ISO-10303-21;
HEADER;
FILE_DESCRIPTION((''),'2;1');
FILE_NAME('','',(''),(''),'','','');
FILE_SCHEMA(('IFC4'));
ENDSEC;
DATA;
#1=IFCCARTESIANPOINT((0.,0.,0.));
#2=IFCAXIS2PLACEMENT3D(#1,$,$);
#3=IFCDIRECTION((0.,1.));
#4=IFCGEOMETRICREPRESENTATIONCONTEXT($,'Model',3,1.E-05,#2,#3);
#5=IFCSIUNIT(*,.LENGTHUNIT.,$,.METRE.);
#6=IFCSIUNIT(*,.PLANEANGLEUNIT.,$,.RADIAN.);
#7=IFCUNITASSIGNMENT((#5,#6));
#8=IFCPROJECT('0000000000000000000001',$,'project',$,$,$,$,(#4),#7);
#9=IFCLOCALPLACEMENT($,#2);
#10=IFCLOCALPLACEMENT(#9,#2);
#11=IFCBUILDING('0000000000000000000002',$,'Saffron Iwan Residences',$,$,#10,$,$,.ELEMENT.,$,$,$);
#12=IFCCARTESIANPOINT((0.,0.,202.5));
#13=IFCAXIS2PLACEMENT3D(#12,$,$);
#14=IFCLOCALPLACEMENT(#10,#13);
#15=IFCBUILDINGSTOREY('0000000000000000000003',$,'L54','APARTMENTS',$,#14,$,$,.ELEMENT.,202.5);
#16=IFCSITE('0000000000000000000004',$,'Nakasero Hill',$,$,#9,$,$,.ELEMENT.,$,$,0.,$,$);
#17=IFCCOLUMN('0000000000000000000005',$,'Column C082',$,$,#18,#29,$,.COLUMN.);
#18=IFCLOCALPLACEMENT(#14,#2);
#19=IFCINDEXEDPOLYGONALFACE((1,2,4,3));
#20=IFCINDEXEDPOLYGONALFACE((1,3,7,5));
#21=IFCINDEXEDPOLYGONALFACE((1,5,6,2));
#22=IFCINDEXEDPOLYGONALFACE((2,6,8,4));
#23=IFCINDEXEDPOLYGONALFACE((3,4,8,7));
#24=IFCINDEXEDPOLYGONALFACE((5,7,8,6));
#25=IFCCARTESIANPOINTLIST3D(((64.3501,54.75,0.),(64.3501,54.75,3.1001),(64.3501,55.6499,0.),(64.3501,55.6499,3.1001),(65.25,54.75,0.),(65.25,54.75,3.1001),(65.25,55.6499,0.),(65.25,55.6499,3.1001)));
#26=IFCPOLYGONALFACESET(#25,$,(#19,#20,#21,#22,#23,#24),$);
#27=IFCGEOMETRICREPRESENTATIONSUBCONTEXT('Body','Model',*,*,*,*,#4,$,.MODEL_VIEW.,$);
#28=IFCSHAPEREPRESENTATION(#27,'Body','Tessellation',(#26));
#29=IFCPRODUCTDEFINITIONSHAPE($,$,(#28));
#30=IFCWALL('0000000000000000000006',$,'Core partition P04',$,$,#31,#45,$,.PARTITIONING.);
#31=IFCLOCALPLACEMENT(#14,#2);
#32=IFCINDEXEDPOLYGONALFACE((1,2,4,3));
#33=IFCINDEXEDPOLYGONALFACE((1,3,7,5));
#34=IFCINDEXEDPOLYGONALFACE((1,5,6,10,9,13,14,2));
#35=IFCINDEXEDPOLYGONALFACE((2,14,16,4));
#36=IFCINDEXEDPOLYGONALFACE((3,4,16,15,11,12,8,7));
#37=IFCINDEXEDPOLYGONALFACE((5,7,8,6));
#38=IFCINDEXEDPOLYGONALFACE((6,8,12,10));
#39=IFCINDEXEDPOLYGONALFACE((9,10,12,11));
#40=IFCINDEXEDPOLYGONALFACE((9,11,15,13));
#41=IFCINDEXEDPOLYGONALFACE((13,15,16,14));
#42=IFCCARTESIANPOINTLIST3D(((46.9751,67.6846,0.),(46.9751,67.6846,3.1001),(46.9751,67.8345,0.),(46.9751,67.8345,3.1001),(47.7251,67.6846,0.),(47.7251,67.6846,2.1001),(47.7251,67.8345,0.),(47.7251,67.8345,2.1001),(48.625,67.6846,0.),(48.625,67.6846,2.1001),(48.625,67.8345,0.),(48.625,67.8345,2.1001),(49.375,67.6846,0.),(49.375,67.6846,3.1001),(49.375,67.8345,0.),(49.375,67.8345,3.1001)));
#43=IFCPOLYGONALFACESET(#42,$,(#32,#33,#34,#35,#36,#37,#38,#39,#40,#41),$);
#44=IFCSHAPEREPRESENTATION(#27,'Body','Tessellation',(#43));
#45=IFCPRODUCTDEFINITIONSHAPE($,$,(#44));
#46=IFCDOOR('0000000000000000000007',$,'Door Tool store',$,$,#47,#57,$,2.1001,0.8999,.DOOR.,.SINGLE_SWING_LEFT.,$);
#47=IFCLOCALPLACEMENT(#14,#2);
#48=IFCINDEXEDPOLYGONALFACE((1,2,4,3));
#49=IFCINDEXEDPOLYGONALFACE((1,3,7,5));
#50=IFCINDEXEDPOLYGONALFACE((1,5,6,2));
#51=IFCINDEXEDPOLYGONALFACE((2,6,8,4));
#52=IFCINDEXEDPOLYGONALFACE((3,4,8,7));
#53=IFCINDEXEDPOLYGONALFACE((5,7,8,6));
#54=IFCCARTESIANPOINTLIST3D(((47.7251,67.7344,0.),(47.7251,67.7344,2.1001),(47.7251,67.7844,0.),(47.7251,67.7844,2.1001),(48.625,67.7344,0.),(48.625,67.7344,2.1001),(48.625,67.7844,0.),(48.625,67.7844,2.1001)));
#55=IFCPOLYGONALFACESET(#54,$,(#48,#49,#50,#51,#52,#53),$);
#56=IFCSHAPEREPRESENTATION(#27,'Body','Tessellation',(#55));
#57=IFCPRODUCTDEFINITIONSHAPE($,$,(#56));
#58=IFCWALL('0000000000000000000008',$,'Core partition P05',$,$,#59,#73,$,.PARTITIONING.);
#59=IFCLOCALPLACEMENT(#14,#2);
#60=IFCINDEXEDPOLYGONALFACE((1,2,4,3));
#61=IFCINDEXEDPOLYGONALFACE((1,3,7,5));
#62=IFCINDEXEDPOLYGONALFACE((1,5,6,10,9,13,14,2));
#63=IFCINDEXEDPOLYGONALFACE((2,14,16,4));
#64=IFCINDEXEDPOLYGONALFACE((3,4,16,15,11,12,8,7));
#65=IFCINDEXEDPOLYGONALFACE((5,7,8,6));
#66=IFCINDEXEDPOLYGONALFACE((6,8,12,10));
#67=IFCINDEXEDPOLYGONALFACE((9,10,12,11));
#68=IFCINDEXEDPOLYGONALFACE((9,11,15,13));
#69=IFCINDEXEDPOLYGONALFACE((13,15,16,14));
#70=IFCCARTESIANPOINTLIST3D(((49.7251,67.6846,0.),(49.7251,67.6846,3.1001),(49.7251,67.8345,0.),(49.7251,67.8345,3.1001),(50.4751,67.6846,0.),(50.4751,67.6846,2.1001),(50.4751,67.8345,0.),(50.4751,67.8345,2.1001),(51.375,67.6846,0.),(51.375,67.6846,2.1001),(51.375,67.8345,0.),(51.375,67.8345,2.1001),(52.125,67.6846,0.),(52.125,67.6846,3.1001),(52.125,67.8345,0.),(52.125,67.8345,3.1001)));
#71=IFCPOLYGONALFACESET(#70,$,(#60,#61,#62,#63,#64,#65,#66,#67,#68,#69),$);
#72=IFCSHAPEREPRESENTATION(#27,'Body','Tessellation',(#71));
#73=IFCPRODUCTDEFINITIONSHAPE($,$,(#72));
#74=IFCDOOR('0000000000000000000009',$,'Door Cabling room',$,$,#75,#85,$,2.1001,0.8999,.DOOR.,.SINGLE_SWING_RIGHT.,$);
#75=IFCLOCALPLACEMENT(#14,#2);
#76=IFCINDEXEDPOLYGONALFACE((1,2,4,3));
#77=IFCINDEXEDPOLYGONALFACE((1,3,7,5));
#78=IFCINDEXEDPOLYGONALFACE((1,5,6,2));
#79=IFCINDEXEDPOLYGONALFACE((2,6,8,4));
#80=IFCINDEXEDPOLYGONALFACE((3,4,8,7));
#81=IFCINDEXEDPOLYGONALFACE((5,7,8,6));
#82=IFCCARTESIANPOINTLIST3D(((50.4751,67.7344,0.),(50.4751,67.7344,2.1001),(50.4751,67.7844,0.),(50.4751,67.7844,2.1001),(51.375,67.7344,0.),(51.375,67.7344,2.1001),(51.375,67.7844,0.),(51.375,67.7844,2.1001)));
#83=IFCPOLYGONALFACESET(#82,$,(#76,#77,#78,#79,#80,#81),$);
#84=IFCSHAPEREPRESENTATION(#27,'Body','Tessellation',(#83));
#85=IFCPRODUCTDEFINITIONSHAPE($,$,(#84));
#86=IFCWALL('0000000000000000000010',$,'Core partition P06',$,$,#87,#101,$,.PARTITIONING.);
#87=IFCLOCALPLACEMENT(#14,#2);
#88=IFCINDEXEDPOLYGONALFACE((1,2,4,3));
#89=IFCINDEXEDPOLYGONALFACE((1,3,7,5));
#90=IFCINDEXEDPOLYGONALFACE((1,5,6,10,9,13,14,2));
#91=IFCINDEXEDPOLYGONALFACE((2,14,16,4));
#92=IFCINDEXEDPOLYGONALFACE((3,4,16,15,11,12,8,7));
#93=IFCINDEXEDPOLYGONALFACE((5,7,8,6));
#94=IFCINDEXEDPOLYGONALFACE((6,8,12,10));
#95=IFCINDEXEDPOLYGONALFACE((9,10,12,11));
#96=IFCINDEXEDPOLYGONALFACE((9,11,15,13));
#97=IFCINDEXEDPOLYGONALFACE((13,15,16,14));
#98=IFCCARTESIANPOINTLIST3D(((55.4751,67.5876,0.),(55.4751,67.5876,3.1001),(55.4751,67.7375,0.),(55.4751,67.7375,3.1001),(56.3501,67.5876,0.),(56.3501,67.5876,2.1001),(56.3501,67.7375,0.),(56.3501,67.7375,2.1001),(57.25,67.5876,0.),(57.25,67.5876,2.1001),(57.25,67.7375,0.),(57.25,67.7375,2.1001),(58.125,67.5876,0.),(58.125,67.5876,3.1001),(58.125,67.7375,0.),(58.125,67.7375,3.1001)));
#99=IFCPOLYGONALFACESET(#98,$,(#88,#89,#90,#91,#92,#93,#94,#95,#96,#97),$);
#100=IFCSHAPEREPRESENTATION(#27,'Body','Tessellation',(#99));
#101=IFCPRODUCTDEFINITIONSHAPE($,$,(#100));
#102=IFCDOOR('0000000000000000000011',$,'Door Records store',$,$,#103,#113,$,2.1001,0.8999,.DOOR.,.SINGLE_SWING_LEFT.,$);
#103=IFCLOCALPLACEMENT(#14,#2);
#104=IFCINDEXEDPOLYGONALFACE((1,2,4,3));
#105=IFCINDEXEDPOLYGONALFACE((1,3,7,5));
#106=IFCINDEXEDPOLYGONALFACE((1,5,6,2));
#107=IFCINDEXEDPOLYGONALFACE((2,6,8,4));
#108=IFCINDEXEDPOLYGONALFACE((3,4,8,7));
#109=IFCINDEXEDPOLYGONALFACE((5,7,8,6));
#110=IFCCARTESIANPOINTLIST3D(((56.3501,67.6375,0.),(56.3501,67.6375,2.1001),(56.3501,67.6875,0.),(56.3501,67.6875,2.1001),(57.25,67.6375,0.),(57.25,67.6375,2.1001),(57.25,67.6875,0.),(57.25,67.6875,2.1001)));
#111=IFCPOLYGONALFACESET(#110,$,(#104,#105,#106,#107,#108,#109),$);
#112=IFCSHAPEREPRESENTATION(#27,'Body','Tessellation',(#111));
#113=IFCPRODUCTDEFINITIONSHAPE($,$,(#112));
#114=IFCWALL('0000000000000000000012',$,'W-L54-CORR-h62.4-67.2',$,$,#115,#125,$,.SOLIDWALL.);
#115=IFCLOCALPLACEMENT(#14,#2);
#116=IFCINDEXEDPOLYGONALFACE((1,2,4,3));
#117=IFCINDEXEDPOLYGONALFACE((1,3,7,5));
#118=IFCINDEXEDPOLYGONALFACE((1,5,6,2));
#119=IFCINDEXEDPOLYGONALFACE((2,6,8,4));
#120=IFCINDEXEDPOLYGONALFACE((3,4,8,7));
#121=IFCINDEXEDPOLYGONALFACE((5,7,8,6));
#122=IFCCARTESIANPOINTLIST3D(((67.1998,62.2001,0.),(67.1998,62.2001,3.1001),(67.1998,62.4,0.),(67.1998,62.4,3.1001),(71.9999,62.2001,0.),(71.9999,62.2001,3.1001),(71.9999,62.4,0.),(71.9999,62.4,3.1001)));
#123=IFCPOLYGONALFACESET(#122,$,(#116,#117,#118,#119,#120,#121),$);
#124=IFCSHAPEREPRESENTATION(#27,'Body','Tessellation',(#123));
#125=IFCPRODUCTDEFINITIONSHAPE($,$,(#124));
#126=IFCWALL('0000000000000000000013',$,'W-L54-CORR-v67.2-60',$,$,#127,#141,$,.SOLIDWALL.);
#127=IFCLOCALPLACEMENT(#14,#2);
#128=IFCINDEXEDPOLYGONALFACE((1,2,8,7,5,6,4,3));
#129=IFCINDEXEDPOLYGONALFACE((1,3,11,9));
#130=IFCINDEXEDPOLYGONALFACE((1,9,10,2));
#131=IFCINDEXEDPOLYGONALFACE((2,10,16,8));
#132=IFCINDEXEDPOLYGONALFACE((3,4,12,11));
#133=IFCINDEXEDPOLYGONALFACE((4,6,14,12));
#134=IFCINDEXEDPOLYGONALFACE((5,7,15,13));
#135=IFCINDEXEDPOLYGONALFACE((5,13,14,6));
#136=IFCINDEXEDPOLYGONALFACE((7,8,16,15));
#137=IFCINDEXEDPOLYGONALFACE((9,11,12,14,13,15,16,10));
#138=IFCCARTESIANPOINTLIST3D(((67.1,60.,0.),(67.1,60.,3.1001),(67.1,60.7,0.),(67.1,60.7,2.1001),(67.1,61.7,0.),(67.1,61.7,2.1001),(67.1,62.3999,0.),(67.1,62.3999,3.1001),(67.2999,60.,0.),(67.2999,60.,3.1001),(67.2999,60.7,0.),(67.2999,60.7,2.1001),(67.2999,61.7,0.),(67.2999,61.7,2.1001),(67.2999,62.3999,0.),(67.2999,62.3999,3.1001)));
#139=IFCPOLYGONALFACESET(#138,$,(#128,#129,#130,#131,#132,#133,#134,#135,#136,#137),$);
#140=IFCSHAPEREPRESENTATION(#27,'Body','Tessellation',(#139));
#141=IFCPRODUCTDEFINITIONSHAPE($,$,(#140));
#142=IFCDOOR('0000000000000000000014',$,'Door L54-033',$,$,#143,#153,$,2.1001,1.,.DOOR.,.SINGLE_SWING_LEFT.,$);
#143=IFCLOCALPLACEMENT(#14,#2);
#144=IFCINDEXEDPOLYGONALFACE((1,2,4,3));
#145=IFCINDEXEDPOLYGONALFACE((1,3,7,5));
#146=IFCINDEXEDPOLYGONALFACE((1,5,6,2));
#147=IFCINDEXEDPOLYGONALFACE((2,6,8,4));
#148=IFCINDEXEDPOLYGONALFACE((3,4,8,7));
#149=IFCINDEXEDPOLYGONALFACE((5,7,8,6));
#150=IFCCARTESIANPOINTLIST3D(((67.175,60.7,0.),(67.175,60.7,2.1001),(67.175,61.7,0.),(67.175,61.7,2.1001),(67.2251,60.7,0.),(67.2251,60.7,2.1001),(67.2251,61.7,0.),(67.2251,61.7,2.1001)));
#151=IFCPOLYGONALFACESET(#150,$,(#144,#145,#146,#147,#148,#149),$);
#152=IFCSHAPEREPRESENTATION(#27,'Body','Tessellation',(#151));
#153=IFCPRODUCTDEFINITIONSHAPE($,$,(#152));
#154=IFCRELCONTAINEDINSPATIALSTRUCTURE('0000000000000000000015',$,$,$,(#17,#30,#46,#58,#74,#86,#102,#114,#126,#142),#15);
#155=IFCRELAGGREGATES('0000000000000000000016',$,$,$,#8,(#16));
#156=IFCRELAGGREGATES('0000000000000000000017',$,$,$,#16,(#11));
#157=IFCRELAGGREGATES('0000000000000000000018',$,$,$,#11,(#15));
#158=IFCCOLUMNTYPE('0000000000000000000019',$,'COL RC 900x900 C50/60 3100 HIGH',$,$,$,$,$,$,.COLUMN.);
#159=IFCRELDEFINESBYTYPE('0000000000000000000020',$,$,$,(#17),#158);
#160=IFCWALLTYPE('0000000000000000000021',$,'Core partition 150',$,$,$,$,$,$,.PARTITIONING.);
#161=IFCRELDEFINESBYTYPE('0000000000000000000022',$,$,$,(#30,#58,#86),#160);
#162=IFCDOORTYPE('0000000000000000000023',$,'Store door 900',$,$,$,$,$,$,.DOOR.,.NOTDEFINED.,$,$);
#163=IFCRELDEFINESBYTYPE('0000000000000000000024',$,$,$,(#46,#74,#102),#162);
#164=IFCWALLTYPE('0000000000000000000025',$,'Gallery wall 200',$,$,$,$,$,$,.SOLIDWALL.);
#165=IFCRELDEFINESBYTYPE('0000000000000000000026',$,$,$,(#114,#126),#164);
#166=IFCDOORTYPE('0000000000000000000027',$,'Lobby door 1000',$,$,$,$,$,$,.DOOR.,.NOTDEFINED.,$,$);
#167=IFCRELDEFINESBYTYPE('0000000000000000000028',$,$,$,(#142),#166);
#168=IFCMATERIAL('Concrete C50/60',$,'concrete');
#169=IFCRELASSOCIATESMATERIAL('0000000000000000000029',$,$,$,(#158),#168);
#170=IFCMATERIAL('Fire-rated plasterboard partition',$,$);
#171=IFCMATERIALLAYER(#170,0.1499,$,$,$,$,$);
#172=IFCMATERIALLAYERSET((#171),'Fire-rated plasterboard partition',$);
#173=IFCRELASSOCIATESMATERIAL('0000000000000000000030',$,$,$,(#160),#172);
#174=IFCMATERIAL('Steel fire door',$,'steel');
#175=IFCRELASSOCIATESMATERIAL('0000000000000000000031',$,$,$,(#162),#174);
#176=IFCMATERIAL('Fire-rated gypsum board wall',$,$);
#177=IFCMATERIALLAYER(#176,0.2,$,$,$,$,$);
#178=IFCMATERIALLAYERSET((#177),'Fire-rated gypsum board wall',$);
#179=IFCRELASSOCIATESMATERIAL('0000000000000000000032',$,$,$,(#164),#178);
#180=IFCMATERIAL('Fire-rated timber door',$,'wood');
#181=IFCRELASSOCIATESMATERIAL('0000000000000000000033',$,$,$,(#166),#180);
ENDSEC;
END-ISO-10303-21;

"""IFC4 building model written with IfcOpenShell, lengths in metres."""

from ifc_helpers import new_model, si_unit, direction, frame, frame_2d, origin, origin_2d, place, context, subcontext, project, spatial, rectangle, extrude, source, transform, mapped, material, layer, layer_set, material_profile, profile_set, type_object, element, fill, save


model = new_model("IFC4")

# Units and contexts
model_context = context("Model", 3, precision=1e-05, world=origin(), true_north=direction((0.0, 1.0)))
body_context = subcontext(model_context, "Body", "Model", "MODEL_VIEW")
ifc_project = project(units=[si_unit("LENGTHUNIT", "METRE"), si_unit("PLANEANGLEUNIT", "RADIAN")], contexts=[model_context])

# Site, building, storey
site_placement = place(None, origin())
site = spatial("IfcSite", under=ifc_project, at=site_placement, Name="Nakasero Hill", CompositionType="ELEMENT", RefElevation=0.0)
building_placement = place(site_placement, origin())
building = spatial("IfcBuilding", under=site, at=building_placement, Name="Saffron Iwan Residences", CompositionType="ELEMENT")
storey_placement = place(building_placement, frame((0.0, 0.0, 202.5)))
storey = spatial("IfcBuildingStorey", under=building, at=storey_placement, Name="L54", Description="APARTMENTS", CompositionType="ELEMENT", Elevation=202.5)

# Column
ifc_material_1 = material(Name="Concrete C50/60", Category="concrete")
ifc_material_profile = material_profile(ifc_material_1, rectangle(XDim=0.8999, YDim=0.8999, at=origin_2d()), Name="RC 900x900")
ifc_profile_set = profile_set([ifc_material_profile], Name="Concrete C50/60")
column_type = type_object("IfcColumnType", Name="COL RC 900x900 C50/60 3100 HIGH", PredefinedType="COLUMN", material=ifc_profile_set)
shared_shape = source(origin(), body_context, "Body", "SweptSolid", [
    extrude(rectangle(XDim=0.8999, YDim=0.8999, at=origin_2d()), origin(), (0.0, 0.0, 1.0), 3.1001),
])
column_placement = place(storey_placement, frame((64.8, 55.2, 0.0), z_axis=(0.0, 0.0, 1.0), x_axis=(1.0, 0.0, 0.0)))
element("IfcColumn", 1, at=column_placement, inside=storey, type_object=column_type, Name="Column C082", PredefinedType="COLUMN", context=body_context, shape_type="MappedRepresentation", body=[
    mapped(shared_shape, transform((0.0, 0.0, 0.0))),
])

# Walls, openings, doors
ifc_material_2 = material(Name="Fire-rated plasterboard partition")
ifc_layer_1 = layer(ifc_material_2, 0.1499)
ifc_layer_set_1 = layer_set([ifc_layer_1], Name="Fire-rated plasterboard partition")
wall_type_1 = type_object("IfcWallType", Name="Core partition 150", PredefinedType="PARTITIONING", material=ifc_layer_set_1)
wall_1_placement = place(storey_placement, frame((46.9751, 67.7595, 0.0), z_axis=(0.0, 0.0, 1.0), x_axis=(1.0, 0.0, 0.0)))
wall_1 = element("IfcWall", 2, at=wall_1_placement, inside=storey, type_object=wall_type_1, Name="Core partition P04", PredefinedType="PARTITIONING", context=body_context, shape_type="SweptSolid", body=[
    extrude(rectangle(XDim=2.3999, YDim=0.1499, at=frame_2d((1.2, 0.0))), origin(), (0.0, 0.0, 1.0), 3.1001),
])
opening_1_placement = place(wall_1_placement, frame((0.75, 0.0, 0.0)))
opening_1 = element("IfcOpeningElement", 3, at=opening_1_placement, cuts=wall_1, PredefinedType="OPENING", context=body_context, shape_type="SweptSolid", body=[
    extrude(rectangle(XDim=0.8999, YDim=2.1001, at=frame_2d((0.45, 1.05))), frame((0.0, 0.085, 0.0), z_axis=(0.0, -1.0, 0.0), x_axis=(1.0, 0.0, 0.0)), (0.0, 0.0, 1.0), 0.1699),
])
ifc_material_3 = material(Name="Steel fire door", Category="steel")
door_type_1 = type_object("IfcDoorType", Name="Store door 900", OperationType="NOTDEFINED", PredefinedType="DOOR", material=ifc_material_3)
door_1_placement = place(opening_1_placement, origin())
door_1 = element("IfcDoor", 4, at=door_1_placement, inside=storey, type_object=door_type_1, Name="Door Tool store", OperationType="SINGLE_SWING_LEFT", OverallHeight=2.1001, OverallWidth=0.8999, PredefinedType="DOOR", context=body_context, shape_type="SweptSolid", body=[
    extrude(rectangle(XDim=0.8999, YDim=2.1001, at=frame_2d((0.45, 1.05))), frame((0.0, 0.0249, 0.0), z_axis=(0.0, -1.0, 0.0), x_axis=(1.0, 0.0, 0.0)), (0.0, 0.0, 1.0), 0.05),
])
fill(opening_1, door_1)
wall_2_placement = place(storey_placement, frame((49.7251, 67.7595, 0.0), z_axis=(0.0, 0.0, 1.0), x_axis=(1.0, 0.0, 0.0)))
wall_2 = element("IfcWall", 5, at=wall_2_placement, inside=storey, type_object=wall_type_1, Name="Core partition P05", PredefinedType="PARTITIONING", context=body_context, shape_type="SweptSolid", body=[
    extrude(rectangle(XDim=2.3999, YDim=0.1499, at=frame_2d((1.2, 0.0))), origin(), (0.0, 0.0, 1.0), 3.1001),
])
opening_2_placement = place(wall_2_placement, frame((0.75, 0.0, 0.0)))
opening_2 = element("IfcOpeningElement", 6, at=opening_2_placement, cuts=wall_2, PredefinedType="OPENING", context=body_context, shape_type="SweptSolid", body=[
    extrude(rectangle(XDim=0.8999, YDim=2.1001, at=frame_2d((0.45, 1.05))), frame((0.0, 0.085, 0.0), z_axis=(0.0, -1.0, 0.0), x_axis=(1.0, 0.0, 0.0)), (0.0, 0.0, 1.0), 0.1699),
])
door_2_placement = place(opening_2_placement, origin())
door_2 = element("IfcDoor", 7, at=door_2_placement, inside=storey, type_object=door_type_1, Name="Door Cabling room", OperationType="SINGLE_SWING_RIGHT", OverallHeight=2.1001, OverallWidth=0.8999, PredefinedType="DOOR", context=body_context, shape_type="SweptSolid", body=[
    extrude(rectangle(XDim=0.8999, YDim=2.1001, at=frame_2d((0.45, 1.05))), frame((0.0, 0.0249, 0.0), z_axis=(0.0, -1.0, 0.0), x_axis=(1.0, 0.0, 0.0)), (0.0, 0.0, 1.0), 0.05),
])
fill(opening_2, door_2)
wall_3_placement = place(storey_placement, frame((55.4751, 67.6626, 0.0), z_axis=(0.0, 0.0, 1.0), x_axis=(1.0, 0.0, 0.0)))
wall_3 = element("IfcWall", 8, at=wall_3_placement, inside=storey, type_object=wall_type_1, Name="Core partition P06", PredefinedType="PARTITIONING", context=body_context, shape_type="SweptSolid", body=[
    extrude(rectangle(XDim=2.6499, YDim=0.1499, at=frame_2d((1.325, 0.0))), origin(), (0.0, 0.0, 1.0), 3.1001),
])
opening_3_placement = place(wall_3_placement, frame((0.875, 0.0, 0.0)))
opening_3 = element("IfcOpeningElement", 9, at=opening_3_placement, cuts=wall_3, PredefinedType="OPENING", context=body_context, shape_type="SweptSolid", body=[
    extrude(rectangle(XDim=0.8999, YDim=2.1001, at=frame_2d((0.45, 1.05))), frame((0.0, 0.085, 0.0), z_axis=(0.0, -1.0, 0.0), x_axis=(1.0, 0.0, 0.0)), (0.0, 0.0, 1.0), 0.1699),
])
door_3_placement = place(opening_3_placement, origin())
door_3 = element("IfcDoor", 10, at=door_3_placement, inside=storey, type_object=door_type_1, Name="Door Records store", OperationType="SINGLE_SWING_LEFT", OverallHeight=2.1001, OverallWidth=0.8999, PredefinedType="DOOR", context=body_context, shape_type="SweptSolid", body=[
    extrude(rectangle(XDim=0.8999, YDim=2.1001, at=frame_2d((0.45, 1.05))), frame((0.0, 0.0249, 0.0), z_axis=(0.0, -1.0, 0.0), x_axis=(1.0, 0.0, 0.0)), (0.0, 0.0, 1.0), 0.05),
])
fill(opening_3, door_3)

# Wall
ifc_material_4 = material(Name="Fire-rated gypsum board wall")
ifc_layer_2 = layer(ifc_material_4, 0.2)
ifc_layer_set_2 = layer_set([ifc_layer_2], Name="Fire-rated gypsum board wall")
wall_type_2 = type_object("IfcWallType", Name="Gallery wall 200", PredefinedType="SOLIDWALL", material=ifc_layer_set_2)
wall_4_placement = place(storey_placement, frame((67.2, 62.3, 0.0), z_axis=(0.0, 0.0, 1.0), x_axis=(1.0, 0.0, 0.0)))
element("IfcWall", 11, at=wall_4_placement, inside=storey, type_object=wall_type_2, Name="W-L54-CORR-h62.4-67.2", PredefinedType="SOLIDWALL", context=body_context, shape_type="SweptSolid", body=[
    extrude(rectangle(XDim=4.8, YDim=0.2, at=frame_2d((2.3999, 0.0))), origin(), (0.0, 0.0, 1.0), 3.1001),
])

# Wall, opening, door
wall_5_placement = place(storey_placement, frame((67.2, 60.0, 0.0), z_axis=(0.0, 0.0, 1.0), x_axis=(0.0, 1.0, 0.0)))
wall_5 = element("IfcWall", 12, at=wall_5_placement, inside=storey, type_object=wall_type_2, Name="W-L54-CORR-v67.2-60", PredefinedType="SOLIDWALL", context=body_context, shape_type="SweptSolid", body=[
    extrude(rectangle(XDim=2.3999, YDim=0.2, at=frame_2d((1.2, 0.0))), origin(), (0.0, 0.0, 1.0), 3.1001),
])
opening_4_placement = place(wall_5_placement, frame((0.7, 0.0, 0.0)))
opening_4 = element("IfcOpeningElement", 13, at=opening_4_placement, cuts=wall_5, PredefinedType="OPENING", context=body_context, shape_type="SweptSolid", body=[
    extrude(rectangle(XDim=1.0, YDim=2.1001, at=frame_2d((0.5, 1.05))), frame((0.0, 0.1099, 0.0), z_axis=(0.0, -1.0, 0.0), x_axis=(1.0, 0.0, 0.0)), (0.0, 0.0, 1.0), 0.22),
])
ifc_material_5 = material(Name="Fire-rated timber door", Category="wood")
door_type_2 = type_object("IfcDoorType", Name="Lobby door 1000", OperationType="NOTDEFINED", PredefinedType="DOOR", material=ifc_material_5)
door_4_placement = place(opening_4_placement, origin())
door_4 = element("IfcDoor", 14, at=door_4_placement, inside=storey, type_object=door_type_2, Name="Door L54-033", OperationType="SINGLE_SWING_LEFT", OverallHeight=2.1001, OverallWidth=1.0, PredefinedType="DOOR", context=body_context, shape_type="SweptSolid", body=[
    extrude(rectangle(XDim=1.0, YDim=2.1001, at=frame_2d((0.5, 1.05))), frame((0.0, 0.0249, 0.0), z_axis=(0.0, -1.0, 0.0), x_axis=(1.0, 0.0, 0.0)), (0.0, 0.0, 1.0), 0.05),
])
fill(opening_4, door_4)

save(model, "model.ifc")
